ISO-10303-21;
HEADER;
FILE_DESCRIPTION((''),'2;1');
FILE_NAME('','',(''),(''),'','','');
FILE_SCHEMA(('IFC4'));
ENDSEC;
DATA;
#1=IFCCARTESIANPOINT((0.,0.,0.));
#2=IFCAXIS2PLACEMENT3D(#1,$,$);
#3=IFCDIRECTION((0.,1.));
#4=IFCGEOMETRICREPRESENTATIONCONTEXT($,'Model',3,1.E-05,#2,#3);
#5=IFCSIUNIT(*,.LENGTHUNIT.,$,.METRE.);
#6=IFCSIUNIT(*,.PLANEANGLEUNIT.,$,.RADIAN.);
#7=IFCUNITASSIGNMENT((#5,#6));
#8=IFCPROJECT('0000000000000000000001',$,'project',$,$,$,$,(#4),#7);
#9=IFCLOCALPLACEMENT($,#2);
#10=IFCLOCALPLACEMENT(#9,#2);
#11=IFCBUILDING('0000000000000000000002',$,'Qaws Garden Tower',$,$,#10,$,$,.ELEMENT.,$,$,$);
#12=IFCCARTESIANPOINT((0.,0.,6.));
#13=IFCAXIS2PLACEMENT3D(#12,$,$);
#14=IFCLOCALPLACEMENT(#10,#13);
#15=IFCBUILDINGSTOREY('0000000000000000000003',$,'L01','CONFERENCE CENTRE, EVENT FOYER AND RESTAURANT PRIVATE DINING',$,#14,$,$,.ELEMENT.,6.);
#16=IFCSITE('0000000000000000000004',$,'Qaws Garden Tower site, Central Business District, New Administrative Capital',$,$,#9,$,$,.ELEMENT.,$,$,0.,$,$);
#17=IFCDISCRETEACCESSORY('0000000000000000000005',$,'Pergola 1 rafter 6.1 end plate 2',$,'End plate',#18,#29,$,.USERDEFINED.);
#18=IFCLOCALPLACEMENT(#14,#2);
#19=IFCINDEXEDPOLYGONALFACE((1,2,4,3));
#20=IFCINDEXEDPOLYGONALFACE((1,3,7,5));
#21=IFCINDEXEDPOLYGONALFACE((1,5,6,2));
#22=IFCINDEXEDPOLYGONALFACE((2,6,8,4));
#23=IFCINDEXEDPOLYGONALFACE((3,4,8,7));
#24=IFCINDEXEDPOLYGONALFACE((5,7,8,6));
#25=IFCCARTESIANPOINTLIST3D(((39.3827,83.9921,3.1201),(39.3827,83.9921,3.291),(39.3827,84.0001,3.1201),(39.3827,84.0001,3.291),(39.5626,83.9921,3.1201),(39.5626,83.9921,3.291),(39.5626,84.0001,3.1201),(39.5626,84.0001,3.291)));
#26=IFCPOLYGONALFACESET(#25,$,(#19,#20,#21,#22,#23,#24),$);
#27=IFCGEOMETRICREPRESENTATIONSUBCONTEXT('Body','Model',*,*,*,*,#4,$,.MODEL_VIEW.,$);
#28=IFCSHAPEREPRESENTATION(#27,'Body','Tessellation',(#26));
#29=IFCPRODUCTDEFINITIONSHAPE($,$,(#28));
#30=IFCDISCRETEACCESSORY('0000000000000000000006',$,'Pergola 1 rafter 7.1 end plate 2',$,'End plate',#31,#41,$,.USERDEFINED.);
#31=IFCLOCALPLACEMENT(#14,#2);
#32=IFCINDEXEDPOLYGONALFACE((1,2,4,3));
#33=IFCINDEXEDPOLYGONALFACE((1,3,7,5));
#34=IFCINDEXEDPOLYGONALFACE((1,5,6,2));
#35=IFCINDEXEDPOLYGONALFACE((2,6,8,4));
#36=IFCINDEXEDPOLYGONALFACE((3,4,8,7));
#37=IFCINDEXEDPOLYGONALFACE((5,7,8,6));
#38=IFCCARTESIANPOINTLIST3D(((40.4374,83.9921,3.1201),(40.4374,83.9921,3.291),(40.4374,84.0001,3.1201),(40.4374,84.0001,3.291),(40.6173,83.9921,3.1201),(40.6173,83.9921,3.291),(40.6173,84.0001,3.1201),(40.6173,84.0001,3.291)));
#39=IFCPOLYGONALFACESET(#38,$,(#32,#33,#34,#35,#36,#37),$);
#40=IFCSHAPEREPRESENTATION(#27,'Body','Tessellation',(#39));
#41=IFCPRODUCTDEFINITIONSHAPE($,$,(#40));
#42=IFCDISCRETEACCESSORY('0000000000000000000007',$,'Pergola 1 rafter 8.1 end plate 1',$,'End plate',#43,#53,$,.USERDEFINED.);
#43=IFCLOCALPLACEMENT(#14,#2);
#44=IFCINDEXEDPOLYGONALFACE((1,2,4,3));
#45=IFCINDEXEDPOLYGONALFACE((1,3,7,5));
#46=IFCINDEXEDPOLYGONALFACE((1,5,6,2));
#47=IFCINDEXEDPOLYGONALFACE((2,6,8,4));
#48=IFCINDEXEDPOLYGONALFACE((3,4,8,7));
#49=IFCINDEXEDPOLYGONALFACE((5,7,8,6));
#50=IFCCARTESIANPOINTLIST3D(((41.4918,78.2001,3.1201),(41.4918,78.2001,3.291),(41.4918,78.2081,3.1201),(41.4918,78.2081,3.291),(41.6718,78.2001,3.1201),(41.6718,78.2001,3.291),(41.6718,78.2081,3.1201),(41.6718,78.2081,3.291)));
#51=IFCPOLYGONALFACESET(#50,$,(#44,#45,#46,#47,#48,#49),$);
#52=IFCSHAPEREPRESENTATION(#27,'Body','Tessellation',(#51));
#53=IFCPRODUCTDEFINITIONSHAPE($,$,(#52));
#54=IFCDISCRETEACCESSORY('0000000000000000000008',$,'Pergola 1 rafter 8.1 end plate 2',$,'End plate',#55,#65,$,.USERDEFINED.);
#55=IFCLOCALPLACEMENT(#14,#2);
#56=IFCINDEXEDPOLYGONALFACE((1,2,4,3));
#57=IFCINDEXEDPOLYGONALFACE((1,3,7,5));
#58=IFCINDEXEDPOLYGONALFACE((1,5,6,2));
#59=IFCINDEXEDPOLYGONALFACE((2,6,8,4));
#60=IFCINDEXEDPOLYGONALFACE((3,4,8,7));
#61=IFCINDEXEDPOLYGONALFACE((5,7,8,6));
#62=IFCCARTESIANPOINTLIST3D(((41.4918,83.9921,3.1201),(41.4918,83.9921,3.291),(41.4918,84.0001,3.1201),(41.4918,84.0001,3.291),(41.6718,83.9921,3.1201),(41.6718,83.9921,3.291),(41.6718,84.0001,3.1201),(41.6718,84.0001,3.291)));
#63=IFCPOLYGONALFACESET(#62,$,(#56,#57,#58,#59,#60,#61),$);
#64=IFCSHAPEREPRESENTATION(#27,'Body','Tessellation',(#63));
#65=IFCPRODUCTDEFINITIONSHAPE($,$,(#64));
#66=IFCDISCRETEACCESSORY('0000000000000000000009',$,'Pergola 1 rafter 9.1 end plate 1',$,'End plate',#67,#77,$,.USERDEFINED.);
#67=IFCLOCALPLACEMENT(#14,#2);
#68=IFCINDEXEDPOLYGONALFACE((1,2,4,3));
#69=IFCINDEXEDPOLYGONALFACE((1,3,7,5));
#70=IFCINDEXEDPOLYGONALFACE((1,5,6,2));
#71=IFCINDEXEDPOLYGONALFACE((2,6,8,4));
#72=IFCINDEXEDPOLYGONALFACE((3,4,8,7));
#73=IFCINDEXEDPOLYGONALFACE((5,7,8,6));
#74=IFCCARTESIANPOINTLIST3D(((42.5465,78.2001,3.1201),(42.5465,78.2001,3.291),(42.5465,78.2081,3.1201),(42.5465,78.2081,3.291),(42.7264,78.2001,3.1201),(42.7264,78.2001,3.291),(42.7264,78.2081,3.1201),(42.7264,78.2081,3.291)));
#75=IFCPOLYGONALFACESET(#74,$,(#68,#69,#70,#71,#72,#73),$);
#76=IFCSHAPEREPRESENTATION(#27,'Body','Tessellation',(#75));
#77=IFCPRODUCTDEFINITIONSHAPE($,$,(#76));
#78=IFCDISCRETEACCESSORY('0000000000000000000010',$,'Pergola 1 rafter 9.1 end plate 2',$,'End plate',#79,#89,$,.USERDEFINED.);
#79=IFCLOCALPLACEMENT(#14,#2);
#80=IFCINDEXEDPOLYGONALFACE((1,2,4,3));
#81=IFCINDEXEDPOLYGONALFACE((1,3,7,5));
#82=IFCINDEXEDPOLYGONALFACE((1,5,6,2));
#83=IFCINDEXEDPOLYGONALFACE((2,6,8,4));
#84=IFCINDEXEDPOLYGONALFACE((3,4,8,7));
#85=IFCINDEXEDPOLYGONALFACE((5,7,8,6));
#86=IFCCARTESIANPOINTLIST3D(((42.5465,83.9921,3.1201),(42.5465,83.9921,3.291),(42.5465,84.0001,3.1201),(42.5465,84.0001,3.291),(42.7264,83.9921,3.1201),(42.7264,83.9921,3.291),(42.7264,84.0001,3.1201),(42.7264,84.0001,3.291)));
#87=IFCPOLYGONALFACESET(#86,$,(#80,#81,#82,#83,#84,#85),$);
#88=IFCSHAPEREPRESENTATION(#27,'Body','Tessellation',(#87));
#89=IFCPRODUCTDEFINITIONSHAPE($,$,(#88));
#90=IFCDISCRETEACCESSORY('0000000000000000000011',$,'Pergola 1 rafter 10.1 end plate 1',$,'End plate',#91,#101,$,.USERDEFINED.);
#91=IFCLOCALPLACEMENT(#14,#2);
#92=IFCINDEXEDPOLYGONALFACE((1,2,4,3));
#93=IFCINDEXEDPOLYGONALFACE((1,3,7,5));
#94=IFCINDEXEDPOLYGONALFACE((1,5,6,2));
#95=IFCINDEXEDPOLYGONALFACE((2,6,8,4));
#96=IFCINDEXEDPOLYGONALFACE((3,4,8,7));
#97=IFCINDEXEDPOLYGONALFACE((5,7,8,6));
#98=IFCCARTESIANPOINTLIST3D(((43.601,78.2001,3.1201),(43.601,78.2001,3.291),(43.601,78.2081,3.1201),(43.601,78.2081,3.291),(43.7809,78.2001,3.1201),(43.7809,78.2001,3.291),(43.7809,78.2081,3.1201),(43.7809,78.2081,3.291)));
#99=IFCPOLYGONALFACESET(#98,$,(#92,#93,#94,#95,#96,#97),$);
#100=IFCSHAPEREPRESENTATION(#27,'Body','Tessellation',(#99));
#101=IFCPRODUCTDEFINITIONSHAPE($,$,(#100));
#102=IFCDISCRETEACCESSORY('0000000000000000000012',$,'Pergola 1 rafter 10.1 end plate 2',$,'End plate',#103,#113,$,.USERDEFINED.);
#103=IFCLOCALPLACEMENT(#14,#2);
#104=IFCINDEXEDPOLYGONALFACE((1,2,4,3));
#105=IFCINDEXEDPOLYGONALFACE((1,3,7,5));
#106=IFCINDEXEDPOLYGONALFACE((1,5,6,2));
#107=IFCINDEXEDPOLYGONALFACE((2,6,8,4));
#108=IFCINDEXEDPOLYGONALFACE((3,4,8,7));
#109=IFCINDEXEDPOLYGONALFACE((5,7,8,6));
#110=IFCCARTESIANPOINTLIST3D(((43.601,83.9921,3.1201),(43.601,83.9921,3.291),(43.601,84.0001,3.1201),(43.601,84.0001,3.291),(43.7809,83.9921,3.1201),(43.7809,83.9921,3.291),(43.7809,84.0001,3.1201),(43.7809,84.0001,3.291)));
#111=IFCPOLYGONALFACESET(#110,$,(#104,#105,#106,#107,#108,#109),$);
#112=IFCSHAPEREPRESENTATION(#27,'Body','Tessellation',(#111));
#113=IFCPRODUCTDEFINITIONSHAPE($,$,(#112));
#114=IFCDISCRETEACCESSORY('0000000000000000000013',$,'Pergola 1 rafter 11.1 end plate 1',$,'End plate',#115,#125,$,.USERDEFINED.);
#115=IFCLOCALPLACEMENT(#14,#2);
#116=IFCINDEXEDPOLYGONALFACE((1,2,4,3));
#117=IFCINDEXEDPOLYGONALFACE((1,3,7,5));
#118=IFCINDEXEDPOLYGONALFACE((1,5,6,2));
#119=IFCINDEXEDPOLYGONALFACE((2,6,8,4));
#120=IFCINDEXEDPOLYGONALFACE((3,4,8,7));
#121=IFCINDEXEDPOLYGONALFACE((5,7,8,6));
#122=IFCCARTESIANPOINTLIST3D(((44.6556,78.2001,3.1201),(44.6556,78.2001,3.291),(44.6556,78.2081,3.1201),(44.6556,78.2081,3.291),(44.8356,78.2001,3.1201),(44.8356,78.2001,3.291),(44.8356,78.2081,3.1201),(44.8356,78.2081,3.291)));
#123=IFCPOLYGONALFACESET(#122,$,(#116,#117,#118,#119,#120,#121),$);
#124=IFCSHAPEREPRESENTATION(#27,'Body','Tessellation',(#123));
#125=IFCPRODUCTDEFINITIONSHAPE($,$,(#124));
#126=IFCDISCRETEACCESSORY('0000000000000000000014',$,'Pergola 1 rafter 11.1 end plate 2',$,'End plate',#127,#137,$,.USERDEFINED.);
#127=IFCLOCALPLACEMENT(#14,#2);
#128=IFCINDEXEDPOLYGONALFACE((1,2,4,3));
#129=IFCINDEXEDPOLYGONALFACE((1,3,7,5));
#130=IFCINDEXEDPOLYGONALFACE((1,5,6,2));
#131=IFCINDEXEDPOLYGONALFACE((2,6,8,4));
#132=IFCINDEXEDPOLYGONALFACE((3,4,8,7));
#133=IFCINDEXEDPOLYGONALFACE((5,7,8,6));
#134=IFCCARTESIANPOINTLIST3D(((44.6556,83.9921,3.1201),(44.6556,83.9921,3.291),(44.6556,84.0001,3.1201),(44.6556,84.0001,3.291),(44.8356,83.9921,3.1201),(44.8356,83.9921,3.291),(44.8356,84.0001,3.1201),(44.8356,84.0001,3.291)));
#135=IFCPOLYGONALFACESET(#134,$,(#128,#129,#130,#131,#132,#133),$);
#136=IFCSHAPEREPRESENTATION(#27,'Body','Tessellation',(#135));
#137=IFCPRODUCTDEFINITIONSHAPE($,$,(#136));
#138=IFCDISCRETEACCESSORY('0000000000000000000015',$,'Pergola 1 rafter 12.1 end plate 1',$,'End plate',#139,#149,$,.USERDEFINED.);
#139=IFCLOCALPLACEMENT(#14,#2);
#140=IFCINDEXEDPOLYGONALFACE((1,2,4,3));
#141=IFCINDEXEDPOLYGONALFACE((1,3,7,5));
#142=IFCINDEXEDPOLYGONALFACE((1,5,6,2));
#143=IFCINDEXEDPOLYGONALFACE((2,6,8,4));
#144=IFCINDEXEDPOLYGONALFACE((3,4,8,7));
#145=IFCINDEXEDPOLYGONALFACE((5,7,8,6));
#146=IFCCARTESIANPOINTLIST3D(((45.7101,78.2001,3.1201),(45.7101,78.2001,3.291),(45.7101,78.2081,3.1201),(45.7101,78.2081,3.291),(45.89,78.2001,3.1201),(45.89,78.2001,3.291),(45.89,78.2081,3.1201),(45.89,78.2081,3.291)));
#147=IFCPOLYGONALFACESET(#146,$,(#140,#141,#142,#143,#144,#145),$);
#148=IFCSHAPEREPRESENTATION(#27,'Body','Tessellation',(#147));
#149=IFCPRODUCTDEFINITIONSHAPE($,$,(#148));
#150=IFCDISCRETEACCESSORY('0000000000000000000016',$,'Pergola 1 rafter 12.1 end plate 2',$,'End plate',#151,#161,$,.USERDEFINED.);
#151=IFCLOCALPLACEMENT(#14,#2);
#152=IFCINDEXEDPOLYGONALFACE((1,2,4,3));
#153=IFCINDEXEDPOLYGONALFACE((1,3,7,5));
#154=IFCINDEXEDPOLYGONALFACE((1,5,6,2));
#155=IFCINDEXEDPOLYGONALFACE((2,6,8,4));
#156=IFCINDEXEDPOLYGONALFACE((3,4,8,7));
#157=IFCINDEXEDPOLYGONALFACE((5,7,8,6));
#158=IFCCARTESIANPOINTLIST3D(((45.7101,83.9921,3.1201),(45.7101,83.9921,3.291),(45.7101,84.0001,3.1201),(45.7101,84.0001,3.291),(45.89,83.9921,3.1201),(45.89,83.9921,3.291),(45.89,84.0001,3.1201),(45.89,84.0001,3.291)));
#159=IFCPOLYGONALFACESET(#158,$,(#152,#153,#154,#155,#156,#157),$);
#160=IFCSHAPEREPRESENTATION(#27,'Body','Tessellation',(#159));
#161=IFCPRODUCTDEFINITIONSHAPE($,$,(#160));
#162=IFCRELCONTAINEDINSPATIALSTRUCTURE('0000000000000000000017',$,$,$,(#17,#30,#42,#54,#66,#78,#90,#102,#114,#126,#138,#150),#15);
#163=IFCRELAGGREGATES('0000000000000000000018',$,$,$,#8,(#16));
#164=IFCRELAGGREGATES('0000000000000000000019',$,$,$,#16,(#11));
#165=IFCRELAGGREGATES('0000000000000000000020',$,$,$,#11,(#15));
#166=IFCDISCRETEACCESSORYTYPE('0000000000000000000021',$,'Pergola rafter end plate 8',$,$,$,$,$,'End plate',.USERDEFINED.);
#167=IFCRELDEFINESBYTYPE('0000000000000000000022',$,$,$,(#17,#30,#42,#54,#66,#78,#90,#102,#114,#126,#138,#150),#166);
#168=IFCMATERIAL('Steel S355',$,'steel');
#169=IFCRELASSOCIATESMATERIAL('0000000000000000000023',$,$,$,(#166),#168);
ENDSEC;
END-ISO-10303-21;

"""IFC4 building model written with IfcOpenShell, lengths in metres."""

from ifc_helpers import new_model, si_unit, direction, frame, origin, origin_2d, place, context, subcontext, project, spatial, rectangle, extrude, material, type_object, element, save


model = new_model("IFC4")

# Units and contexts
model_context = context("Model", 3, precision=1e-05, world=origin(), true_north=direction((0.0, 1.0)))
body_context = subcontext(model_context, "Body", "Model", "MODEL_VIEW")
ifc_project = project(units=[si_unit("LENGTHUNIT", "METRE"), si_unit("PLANEANGLEUNIT", "RADIAN")], contexts=[model_context])

# Site, building, storey
site_placement = place(None, origin())
site = spatial("IfcSite", under=ifc_project, at=site_placement, Name="Qaws Garden Tower site, Central Business District, New Administrative Capital", CompositionType="ELEMENT", RefElevation=0.0)
building_placement = place(site_placement, origin())
building = spatial("IfcBuilding", under=site, at=building_placement, Name="Qaws Garden Tower", CompositionType="ELEMENT")
storey_placement = place(building_placement, frame((0.0, 0.0, 6.0)))
storey = spatial("IfcBuildingStorey", under=building, at=storey_placement, Name="L01", Description="CONFERENCE CENTRE, EVENT FOYER AND RESTAURANT PRIVATE DINING", CompositionType="ELEMENT", Elevation=6.0)

# Discrete accessories
ifc_material_1 = material(Name="Steel S355", Category="steel")
discrete_accessory_type = type_object("IfcDiscreteAccessoryType", Name="Pergola rafter end plate 8", ElementType="End plate", PredefinedType="USERDEFINED", material=ifc_material_1)
for number, where, z_axis, x_axis, name in (
    (1, (39.4727, 83.9961, 3.1201), (0.0, 0.0, 1.0), (1.0, 0.0, 0.0), "Pergola 1 rafter 6.1 end plate 2"),
    (2, (40.5273, 83.9961, 3.1201), (0.0, 0.0, 1.0), (1.0, 0.0, 0.0), "Pergola 1 rafter 7.1 end plate 2"),
    (3, (41.5818, 78.2041, 3.1201), (0.0, 0.0, 1.0), (1.0, 0.0, 0.0), "Pergola 1 rafter 8.1 end plate 1"),
    (4, (41.5818, 83.9961, 3.1201), (0.0, 0.0, 1.0), (1.0, 0.0, 0.0), "Pergola 1 rafter 8.1 end plate 2"),
    (5, (42.6365, 78.2041, 3.1201), (0.0, 0.0, 1.0), (1.0, 0.0, 0.0), "Pergola 1 rafter 9.1 end plate 1"),
    (6, (42.6365, 83.9961, 3.1201), (0.0, 0.0, 1.0), (1.0, 0.0, 0.0), "Pergola 1 rafter 9.1 end plate 2"),
    (7, (43.6909, 78.2041, 3.1201), (0.0, 0.0, 1.0), (1.0, 0.0, 0.0), "Pergola 1 rafter 10.1 end plate 1"),
    (8, (43.6909, 83.9961, 3.1201), (0.0, 0.0, 1.0), (1.0, 0.0, 0.0), "Pergola 1 rafter 10.1 end plate 2"),
    (9, (44.7456, 78.2041, 3.1201), (0.0, 0.0, 1.0), (1.0, 0.0, 0.0), "Pergola 1 rafter 11.1 end plate 1"),
    (10, (44.7456, 83.9961, 3.1201), (0.0, 0.0, 1.0), (1.0, 0.0, 0.0), "Pergola 1 rafter 11.1 end plate 2"),
    (11, (45.8, 78.2041, 3.1201), (0.0, 0.0, 1.0), (1.0, 0.0, 0.0), "Pergola 1 rafter 12.1 end plate 1"),
    (12, (45.8, 83.9961, 3.1201), (0.0, 0.0, 1.0), (1.0, 0.0, 0.0), "Pergola 1 rafter 12.1 end plate 2"),
):
    element("IfcDiscreteAccessory", number, at=place(storey_placement, frame(where, z_axis=z_axis, x_axis=x_axis)), inside=storey, type_object=discrete_accessory_type, Name=name, ObjectType="End plate", PredefinedType="USERDEFINED", context=body_context, shape_type="SweptSolid", body=[
        extrude(rectangle(XDim=0.1799, YDim=0.0081, at=origin_2d()), origin(), (0.0, 0.0, 1.0), 0.1709),
    ])

save(model, "model.ifc")
